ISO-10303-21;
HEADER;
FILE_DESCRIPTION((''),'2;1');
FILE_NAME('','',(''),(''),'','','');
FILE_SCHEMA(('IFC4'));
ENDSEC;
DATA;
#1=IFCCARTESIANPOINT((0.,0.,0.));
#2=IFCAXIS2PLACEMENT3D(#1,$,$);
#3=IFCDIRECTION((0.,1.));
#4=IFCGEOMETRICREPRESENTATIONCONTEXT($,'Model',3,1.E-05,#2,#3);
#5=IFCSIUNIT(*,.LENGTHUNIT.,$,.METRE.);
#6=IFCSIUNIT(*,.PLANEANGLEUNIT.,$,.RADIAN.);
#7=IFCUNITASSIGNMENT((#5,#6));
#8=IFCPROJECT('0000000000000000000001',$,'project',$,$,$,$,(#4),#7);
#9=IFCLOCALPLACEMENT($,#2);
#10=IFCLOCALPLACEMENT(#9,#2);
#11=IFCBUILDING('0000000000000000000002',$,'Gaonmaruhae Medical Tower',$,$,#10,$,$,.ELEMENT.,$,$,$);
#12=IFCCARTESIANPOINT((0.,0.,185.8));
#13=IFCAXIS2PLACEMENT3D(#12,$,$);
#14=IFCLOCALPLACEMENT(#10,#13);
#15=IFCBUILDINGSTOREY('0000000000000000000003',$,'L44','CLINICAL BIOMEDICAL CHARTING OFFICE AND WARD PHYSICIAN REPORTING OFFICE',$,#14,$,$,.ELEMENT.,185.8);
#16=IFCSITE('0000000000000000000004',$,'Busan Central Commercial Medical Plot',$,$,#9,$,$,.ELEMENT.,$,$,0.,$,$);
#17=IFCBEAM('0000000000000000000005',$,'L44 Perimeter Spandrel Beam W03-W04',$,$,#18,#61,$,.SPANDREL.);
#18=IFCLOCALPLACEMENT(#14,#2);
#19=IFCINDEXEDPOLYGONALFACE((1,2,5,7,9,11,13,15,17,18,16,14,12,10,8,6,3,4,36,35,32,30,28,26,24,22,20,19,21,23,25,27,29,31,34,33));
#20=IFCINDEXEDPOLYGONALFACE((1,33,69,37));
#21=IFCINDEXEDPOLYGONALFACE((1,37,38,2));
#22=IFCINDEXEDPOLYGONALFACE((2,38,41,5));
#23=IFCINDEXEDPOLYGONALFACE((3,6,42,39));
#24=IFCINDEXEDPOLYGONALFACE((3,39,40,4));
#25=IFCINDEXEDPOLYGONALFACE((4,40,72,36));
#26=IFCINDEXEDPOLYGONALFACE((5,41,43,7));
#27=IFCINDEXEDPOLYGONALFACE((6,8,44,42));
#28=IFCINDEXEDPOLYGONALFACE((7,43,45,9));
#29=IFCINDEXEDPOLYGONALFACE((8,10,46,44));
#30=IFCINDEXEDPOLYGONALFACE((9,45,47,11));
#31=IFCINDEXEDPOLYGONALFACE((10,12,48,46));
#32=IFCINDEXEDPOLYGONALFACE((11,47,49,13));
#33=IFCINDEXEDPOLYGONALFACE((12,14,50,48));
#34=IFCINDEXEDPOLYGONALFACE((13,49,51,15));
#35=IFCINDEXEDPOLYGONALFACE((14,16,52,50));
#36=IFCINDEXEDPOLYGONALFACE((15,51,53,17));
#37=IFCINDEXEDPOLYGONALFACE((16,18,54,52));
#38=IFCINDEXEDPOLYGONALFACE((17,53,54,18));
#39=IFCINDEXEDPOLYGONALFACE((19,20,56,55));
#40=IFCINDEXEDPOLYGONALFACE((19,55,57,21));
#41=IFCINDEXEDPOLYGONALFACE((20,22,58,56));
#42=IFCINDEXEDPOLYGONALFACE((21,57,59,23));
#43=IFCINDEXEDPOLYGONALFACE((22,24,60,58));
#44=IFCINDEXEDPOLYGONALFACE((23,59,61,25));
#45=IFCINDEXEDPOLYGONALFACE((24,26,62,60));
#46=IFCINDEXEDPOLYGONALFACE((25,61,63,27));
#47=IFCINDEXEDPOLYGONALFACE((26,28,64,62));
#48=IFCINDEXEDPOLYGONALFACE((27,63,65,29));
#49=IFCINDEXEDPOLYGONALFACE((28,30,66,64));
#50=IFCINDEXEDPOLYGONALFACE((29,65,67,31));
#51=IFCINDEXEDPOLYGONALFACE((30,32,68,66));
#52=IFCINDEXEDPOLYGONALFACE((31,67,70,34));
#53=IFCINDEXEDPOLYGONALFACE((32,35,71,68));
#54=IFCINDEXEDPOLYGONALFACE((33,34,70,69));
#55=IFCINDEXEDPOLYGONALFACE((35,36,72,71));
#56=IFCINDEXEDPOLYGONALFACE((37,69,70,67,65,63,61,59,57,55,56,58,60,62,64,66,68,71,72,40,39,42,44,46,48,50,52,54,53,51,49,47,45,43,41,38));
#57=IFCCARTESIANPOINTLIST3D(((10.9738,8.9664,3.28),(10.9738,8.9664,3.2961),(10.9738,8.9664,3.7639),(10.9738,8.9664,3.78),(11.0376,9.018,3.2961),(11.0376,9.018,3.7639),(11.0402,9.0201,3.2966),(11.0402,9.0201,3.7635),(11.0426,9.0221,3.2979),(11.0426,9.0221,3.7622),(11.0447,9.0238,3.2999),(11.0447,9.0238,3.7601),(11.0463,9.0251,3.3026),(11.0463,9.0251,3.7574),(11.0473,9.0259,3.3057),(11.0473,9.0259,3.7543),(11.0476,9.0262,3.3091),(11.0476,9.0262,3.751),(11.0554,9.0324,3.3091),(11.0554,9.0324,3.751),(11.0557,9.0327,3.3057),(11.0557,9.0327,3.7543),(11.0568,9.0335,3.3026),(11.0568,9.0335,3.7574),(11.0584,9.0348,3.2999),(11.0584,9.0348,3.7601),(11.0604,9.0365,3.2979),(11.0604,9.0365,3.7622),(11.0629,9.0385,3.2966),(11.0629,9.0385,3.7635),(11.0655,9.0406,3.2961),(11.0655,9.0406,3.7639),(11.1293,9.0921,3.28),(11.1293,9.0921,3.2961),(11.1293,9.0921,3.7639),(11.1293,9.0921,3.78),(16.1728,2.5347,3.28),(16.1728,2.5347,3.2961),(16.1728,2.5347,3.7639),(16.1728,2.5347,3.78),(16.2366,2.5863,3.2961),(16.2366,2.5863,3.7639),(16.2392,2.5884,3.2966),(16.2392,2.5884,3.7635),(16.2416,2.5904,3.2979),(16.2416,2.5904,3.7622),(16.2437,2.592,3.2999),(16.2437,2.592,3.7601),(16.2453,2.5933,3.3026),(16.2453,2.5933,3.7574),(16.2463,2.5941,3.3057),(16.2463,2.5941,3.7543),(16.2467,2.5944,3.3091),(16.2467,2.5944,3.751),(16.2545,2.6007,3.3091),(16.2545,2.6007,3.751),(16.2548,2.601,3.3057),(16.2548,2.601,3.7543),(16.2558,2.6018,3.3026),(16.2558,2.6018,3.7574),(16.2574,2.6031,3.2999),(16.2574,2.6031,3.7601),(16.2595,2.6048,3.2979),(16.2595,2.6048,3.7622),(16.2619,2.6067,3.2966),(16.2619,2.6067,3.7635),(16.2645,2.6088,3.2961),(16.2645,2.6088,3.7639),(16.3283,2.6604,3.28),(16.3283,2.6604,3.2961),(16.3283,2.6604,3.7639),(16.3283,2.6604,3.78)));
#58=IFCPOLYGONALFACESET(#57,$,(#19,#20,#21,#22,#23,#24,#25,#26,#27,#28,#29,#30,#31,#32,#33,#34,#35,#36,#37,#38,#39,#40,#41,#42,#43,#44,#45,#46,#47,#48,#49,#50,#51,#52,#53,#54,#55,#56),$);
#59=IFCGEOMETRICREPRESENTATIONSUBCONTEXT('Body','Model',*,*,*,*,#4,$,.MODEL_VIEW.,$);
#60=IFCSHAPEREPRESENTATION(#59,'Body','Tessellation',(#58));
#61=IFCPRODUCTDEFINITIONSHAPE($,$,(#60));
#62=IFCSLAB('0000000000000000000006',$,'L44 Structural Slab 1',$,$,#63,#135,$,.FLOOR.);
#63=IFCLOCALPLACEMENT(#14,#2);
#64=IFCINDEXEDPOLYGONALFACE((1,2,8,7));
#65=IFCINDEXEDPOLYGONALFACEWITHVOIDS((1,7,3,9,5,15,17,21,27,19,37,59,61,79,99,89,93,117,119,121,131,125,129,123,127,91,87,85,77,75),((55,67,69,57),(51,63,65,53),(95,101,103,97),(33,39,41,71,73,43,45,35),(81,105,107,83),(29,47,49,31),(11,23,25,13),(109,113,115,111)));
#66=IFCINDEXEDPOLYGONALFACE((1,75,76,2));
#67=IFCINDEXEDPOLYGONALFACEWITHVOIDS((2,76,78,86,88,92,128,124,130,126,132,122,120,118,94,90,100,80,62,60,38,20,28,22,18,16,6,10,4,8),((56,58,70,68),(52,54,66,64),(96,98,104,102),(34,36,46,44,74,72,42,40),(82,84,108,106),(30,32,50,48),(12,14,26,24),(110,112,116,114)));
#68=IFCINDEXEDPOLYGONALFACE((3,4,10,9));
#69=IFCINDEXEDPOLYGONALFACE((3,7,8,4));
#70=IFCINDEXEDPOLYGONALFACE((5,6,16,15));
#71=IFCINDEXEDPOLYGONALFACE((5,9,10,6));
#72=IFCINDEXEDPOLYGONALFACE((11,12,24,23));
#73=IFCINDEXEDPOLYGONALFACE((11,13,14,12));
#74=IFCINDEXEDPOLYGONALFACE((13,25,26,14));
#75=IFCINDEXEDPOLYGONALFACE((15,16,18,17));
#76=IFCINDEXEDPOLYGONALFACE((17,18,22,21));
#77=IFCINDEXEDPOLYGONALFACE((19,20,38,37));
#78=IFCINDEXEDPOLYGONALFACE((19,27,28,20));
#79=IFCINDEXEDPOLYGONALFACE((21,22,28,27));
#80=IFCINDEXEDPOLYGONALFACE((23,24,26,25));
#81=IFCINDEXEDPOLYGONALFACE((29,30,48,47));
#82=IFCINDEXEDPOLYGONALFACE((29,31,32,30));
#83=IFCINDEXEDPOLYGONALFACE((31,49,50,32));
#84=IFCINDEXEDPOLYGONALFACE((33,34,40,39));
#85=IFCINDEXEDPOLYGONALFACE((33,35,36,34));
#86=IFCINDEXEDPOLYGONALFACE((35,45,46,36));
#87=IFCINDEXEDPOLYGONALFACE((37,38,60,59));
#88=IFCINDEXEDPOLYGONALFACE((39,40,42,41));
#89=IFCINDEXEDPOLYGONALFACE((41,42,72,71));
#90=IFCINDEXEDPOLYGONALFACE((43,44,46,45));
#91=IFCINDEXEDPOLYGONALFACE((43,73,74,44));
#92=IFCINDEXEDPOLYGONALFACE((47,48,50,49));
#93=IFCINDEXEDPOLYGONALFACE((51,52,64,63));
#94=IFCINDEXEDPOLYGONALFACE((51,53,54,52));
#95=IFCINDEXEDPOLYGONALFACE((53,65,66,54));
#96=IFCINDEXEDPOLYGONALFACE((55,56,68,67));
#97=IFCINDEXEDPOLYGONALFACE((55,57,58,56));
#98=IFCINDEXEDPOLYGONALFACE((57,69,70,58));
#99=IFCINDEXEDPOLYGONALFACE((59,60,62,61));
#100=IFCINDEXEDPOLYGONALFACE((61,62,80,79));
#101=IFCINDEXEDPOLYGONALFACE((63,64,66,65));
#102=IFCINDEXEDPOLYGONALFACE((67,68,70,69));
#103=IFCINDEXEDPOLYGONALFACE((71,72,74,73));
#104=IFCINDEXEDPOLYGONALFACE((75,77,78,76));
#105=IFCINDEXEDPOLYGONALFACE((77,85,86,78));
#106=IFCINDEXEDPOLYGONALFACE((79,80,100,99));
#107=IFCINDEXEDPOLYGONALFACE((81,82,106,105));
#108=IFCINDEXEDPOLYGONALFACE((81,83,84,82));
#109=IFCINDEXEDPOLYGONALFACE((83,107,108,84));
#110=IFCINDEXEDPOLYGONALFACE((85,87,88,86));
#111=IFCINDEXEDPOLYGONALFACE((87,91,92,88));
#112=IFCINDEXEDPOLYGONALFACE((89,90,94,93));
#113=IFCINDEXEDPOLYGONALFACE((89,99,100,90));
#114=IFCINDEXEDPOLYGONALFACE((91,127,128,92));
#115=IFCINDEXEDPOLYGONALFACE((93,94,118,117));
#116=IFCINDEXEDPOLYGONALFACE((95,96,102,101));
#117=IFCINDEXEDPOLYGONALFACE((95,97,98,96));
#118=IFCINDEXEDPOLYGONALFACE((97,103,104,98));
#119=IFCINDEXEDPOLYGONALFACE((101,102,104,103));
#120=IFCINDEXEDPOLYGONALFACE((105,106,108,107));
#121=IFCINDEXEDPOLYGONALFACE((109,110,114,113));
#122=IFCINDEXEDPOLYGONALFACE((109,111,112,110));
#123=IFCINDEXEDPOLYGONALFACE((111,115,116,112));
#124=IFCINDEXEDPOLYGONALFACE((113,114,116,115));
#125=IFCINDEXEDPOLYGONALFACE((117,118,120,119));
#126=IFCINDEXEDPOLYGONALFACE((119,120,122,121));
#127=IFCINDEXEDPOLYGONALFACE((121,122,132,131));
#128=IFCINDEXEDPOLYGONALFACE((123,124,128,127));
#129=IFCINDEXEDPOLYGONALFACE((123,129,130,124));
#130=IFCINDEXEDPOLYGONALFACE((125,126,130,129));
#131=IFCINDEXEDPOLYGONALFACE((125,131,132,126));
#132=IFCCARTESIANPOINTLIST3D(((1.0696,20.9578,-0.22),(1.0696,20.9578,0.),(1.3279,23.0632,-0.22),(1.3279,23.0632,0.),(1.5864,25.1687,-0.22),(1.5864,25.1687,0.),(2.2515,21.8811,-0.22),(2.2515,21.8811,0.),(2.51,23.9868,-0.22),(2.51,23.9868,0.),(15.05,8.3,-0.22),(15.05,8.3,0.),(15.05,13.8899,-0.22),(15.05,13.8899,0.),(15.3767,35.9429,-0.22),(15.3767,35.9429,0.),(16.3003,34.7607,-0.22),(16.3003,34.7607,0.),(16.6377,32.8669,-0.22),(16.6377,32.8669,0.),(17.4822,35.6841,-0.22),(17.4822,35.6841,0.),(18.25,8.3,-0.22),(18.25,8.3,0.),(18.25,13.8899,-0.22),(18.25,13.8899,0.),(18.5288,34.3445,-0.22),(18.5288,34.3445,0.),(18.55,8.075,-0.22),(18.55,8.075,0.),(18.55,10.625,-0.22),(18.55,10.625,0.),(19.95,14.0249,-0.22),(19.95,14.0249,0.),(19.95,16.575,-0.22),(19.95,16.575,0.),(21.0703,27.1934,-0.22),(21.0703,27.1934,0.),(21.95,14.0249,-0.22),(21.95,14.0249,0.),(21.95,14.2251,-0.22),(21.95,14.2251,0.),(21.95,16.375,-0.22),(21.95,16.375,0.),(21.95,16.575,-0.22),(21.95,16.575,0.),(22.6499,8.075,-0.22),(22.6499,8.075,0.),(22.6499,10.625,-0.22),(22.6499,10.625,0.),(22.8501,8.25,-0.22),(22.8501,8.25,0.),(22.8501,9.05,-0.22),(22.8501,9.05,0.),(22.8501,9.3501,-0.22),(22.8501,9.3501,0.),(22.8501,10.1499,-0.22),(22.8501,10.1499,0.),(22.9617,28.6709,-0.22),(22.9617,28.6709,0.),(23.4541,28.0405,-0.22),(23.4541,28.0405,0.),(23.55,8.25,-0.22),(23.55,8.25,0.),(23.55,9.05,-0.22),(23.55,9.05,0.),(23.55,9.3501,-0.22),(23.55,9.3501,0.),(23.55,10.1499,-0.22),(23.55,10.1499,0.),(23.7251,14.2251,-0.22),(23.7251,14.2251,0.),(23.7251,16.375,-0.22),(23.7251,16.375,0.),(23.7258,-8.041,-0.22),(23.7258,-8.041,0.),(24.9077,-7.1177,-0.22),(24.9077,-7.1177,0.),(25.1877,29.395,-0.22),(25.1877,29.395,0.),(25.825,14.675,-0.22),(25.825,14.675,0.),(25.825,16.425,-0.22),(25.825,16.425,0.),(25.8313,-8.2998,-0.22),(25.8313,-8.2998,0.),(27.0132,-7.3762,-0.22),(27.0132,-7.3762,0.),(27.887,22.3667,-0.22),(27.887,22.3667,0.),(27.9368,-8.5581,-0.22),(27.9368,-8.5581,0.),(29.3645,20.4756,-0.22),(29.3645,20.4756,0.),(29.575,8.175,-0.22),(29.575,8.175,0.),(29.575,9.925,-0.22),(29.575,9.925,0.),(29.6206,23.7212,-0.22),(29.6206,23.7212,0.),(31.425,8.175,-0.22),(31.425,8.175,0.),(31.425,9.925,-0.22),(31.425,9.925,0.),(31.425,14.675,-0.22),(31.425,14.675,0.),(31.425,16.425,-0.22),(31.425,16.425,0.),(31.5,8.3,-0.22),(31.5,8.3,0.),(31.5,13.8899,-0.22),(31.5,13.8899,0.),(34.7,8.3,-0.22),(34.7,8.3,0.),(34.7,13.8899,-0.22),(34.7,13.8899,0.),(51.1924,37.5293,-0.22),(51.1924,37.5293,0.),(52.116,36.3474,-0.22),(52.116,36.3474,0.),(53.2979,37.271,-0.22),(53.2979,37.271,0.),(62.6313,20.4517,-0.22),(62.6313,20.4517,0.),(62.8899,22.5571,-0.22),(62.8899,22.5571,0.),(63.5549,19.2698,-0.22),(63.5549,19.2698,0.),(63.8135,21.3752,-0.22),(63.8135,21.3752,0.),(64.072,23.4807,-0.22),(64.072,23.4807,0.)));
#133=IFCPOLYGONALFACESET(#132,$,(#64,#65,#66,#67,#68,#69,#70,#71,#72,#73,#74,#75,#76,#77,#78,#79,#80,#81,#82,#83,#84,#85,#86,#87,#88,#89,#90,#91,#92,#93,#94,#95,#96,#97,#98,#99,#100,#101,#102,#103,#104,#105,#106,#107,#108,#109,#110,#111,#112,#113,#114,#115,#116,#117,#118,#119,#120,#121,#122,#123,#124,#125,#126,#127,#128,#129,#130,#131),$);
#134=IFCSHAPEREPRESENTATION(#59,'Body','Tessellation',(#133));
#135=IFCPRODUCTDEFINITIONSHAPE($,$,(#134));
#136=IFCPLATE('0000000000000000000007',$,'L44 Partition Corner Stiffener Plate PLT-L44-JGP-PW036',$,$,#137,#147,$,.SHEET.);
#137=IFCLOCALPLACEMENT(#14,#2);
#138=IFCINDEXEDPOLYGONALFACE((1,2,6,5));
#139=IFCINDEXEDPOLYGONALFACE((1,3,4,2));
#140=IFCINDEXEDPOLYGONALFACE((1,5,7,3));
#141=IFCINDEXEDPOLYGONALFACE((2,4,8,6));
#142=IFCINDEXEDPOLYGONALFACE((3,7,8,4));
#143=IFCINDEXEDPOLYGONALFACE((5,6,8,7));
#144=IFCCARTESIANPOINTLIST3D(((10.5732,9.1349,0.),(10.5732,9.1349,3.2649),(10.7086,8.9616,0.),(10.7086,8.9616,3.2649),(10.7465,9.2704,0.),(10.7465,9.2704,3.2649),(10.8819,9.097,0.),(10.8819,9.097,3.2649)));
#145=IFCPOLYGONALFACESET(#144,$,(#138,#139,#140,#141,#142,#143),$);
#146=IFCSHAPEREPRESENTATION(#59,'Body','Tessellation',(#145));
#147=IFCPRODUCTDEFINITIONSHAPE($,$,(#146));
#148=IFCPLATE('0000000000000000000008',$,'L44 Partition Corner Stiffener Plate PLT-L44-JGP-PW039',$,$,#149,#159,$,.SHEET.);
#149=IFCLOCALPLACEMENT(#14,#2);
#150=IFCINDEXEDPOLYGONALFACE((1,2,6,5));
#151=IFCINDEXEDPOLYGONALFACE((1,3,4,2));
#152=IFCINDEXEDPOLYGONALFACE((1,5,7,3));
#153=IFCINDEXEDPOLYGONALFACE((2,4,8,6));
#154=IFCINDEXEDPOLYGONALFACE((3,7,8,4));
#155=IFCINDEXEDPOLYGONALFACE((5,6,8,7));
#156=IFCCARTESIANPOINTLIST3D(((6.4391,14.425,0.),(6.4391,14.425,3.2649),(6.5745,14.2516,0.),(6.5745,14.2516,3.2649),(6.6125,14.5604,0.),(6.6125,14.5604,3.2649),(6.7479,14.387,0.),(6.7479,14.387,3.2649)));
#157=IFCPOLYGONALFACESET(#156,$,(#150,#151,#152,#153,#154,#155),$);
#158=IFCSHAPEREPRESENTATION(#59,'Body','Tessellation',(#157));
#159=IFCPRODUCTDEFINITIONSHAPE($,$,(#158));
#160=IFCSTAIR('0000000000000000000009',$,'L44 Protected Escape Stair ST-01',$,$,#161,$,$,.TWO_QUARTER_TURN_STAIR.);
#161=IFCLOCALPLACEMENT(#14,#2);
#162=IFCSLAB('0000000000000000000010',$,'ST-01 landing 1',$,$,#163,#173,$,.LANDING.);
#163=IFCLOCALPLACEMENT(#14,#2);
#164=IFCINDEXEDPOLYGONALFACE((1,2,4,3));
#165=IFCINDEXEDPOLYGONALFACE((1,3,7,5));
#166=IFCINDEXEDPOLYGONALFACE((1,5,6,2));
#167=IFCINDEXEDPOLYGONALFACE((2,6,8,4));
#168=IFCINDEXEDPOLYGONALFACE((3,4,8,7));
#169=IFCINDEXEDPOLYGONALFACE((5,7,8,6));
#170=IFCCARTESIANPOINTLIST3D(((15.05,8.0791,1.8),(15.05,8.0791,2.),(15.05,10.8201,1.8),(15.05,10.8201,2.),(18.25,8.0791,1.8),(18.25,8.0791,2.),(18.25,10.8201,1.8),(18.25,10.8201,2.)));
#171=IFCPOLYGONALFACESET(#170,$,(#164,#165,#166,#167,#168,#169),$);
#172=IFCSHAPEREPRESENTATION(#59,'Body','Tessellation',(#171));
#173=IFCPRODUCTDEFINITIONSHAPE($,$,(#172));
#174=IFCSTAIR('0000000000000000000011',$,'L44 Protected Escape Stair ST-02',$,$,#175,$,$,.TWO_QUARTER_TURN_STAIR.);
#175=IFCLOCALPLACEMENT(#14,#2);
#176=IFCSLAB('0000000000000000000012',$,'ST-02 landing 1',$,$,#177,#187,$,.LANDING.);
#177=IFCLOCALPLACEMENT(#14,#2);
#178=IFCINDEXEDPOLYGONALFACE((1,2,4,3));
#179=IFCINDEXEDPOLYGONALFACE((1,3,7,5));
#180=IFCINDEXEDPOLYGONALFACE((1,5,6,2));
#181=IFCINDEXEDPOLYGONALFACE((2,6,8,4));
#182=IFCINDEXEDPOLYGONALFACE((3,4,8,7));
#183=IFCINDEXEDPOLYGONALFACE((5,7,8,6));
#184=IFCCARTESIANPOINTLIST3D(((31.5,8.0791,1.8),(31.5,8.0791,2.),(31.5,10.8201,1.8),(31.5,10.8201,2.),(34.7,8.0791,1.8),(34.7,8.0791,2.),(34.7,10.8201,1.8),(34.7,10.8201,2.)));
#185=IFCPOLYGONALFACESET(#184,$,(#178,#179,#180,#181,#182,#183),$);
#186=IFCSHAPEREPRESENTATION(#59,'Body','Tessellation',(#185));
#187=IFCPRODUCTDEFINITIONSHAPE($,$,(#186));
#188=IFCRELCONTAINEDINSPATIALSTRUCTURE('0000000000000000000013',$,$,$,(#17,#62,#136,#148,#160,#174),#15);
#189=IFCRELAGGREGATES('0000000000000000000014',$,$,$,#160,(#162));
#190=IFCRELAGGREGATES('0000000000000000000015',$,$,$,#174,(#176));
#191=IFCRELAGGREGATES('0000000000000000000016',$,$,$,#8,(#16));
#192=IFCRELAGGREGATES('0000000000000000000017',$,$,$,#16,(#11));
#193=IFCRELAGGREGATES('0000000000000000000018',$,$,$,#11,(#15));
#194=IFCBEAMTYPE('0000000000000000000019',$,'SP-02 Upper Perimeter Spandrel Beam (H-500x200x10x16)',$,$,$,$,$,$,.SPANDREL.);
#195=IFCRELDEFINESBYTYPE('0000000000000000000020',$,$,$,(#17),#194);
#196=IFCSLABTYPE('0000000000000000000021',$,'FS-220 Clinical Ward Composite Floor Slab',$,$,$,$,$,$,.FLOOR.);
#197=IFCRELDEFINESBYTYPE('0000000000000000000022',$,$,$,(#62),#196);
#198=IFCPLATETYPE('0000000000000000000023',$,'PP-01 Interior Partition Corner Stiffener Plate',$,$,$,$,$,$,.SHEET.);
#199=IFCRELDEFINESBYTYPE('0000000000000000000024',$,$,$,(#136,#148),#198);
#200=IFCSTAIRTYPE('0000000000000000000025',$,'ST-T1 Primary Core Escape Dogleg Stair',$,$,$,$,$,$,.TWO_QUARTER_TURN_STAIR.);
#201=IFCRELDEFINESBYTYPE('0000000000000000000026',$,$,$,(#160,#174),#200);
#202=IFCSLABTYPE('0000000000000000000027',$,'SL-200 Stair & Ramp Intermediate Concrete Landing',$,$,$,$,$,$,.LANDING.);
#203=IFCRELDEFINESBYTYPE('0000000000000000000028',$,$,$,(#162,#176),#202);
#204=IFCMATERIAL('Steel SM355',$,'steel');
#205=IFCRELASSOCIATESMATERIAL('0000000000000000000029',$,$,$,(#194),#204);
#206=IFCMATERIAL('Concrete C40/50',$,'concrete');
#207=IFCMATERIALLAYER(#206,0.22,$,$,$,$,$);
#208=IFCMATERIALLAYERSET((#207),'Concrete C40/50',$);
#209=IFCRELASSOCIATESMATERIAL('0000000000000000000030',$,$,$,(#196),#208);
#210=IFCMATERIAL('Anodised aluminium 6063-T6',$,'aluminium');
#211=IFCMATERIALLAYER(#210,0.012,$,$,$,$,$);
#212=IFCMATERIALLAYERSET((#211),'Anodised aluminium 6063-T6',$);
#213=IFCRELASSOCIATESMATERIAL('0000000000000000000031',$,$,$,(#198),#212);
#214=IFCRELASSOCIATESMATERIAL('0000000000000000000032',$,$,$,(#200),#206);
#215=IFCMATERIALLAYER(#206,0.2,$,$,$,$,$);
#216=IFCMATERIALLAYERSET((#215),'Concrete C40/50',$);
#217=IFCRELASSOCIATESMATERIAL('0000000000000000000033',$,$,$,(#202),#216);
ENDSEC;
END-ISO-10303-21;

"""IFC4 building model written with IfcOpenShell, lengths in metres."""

from ifc_helpers import new_model, si_unit, direction, frame, origin, origin_2d, place, context, subcontext, project, spatial, polyline, rectangle, i_section, outline, extrude, material, layer, layer_set, material_profile, profile_set, type_object, element, aggregate, save


model = new_model("IFC4")

# Units and contexts
model_context = context("Model", 3, precision=1e-05, world=origin(), true_north=direction((0.0, 1.0)))
body_context = subcontext(model_context, "Body", "Model", "MODEL_VIEW")
ifc_project = project(units=[si_unit("LENGTHUNIT", "METRE"), si_unit("PLANEANGLEUNIT", "RADIAN")], contexts=[model_context])

# Site, building, storey
site_placement = place(None, origin())
site = spatial("IfcSite", under=ifc_project, at=site_placement, Name="Busan Central Commercial Medical Plot", CompositionType="ELEMENT", RefElevation=0.0)
building_placement = place(site_placement, origin())
building = spatial("IfcBuilding", under=site, at=building_placement, Name="Gaonmaruhae Medical Tower", CompositionType="ELEMENT")
storey_placement = place(building_placement, frame((0.0, 0.0, 185.8)))
storey = spatial("IfcBuildingStorey", under=building, at=storey_placement, Name="L44", Description="CLINICAL BIOMEDICAL CHARTING OFFICE AND WARD PHYSICIAN REPORTING OFFICE", CompositionType="ELEMENT", Elevation=185.8)

# Beam
ifc_material_1 = material(Name="Steel SM355", Category="steel")
ifc_material_profile_1 = material_profile(ifc_material_1, i_section(OverallWidth=0.2, OverallDepth=0.5, WebThickness=0.01, FlangeThickness=0.0161, FilletRadius=0.0129, at=origin_2d()), Name="H-500x200x10x16")
ifc_profile_set_1 = profile_set([ifc_material_profile_1], Name="Steel SM355")
beam_type_1 = type_object("IfcBeamType", Name="SP-02 Upper Perimeter Spandrel Beam (H-500x200x10x16)", PredefinedType="SPANDREL", material=ifc_profile_set_1)
beam_1_placement = place(storey_placement, frame((11.0515, 9.0293, 3.53), z_axis=(0.628644, -0.777694, 0.0), x_axis=(0.777694, 0.628644, 0.0)))
element("IfcBeam", 1, at=beam_1_placement, inside=storey, type_object=beam_type_1, Name="L44 Perimeter Spandrel Beam W03-W04", PredefinedType="SPANDREL", context=body_context, shape_type="SweptSolid", body=[
    extrude(i_section(OverallWidth=0.2, OverallDepth=0.5, WebThickness=0.01, FlangeThickness=0.0161, FilletRadius=0.0129, at=origin_2d()), origin(), (0.0, 0.0, 1.0), 8.2703),
])

# Slab
ifc_material_2 = material(Name="Concrete C40/50", Category="concrete")
ifc_layer_1 = layer(ifc_material_2, 0.22)
ifc_layer_set_1 = layer_set([ifc_layer_1], Name="Concrete C40/50")
slab_type_1 = type_object("IfcSlabType", Name="FS-220 Clinical Ward Composite Floor Slab", PredefinedType="FLOOR", material=ifc_layer_set_1)
slab_1_placement = place(storey_placement, frame((0.0, 0.0, -0.22)))
element("IfcSlab", 2, at=slab_1_placement, inside=storey, type_object=slab_type_1, Name="L44 Structural Slab 1", PredefinedType="FLOOR", context=body_context, shape_type="SweptSolid", body=[
    extrude(outline(polyline([(51.1924, 37.5293), (52.116, 36.3474), (53.2979, 37.271), (64.072, 23.4807), (62.8899, 22.5571), (63.8135, 21.3752), (62.6313, 20.4517), (63.5549, 19.2698), (27.9368, -8.5581), (27.0132, -7.3762), (25.8313, -8.2998), (24.9077, -7.1177), (23.7258, -8.041), (1.0696, 20.9578), (2.2515, 21.8811), (1.3279, 23.0632), (2.51, 23.9868), (1.5864, 25.1687), (15.3767, 35.9429), (16.3003, 34.7607), (17.4822, 35.6841), (18.5288, 34.3445), (16.6377, 32.8669), (21.0703, 27.1934), (22.9617, 28.6709), (23.4541, 28.0405), (25.1877, 29.395), (29.6206, 23.7212), (27.887, 22.3667), (29.3645, 20.4756), (51.1924, 37.5293)]), holes=[polyline([(23.55, 8.25), (22.8501, 8.25), (22.8501, 9.05), (23.55, 9.05), (23.55, 8.25)]), polyline([(31.425, 9.925), (31.425, 8.175), (29.575, 8.175), (29.575, 9.925), (31.425, 9.925)]), polyline([(22.6499, 10.625), (22.6499, 8.075), (18.55, 8.075), (18.55, 10.625), (22.6499, 10.625)]), polyline([(23.55, 9.3501), (22.8501, 9.3501), (22.8501, 10.1499), (23.55, 10.1499), (23.55, 9.3501)]), polyline([(15.05, 13.8899), (18.25, 13.8899), (18.25, 8.3), (15.05, 8.3), (15.05, 13.8899)]), polyline([(31.5, 13.8899), (34.7, 13.8899), (34.7, 8.3), (31.5, 8.3), (31.5, 13.8899)]), polyline([(21.95, 14.2251), (21.95, 14.0249), (19.95, 14.0249), (19.95, 16.575), (21.95, 16.575), (21.95, 16.375), (23.7251, 16.375), (23.7251, 14.2251), (21.95, 14.2251)]), polyline([(31.425, 16.425), (31.425, 14.675), (25.825, 14.675), (25.825, 16.425), (31.425, 16.425)])]), origin(), (0.0, 0.0, 1.0), 0.22),
])

# Plates
ifc_material_3 = material(Name="Anodised aluminium 6063-T6", Category="aluminium")
ifc_layer_2 = layer(ifc_material_3, 0.012)
ifc_layer_set_2 = layer_set([ifc_layer_2], Name="Anodised aluminium 6063-T6")
plate_type = type_object("IfcPlateType", Name="PP-01 Interior Partition Corner Stiffener Plate", PredefinedType="SHEET", material=ifc_layer_set_2)
for number, where, z_axis, x_axis, name in (
    (3, (10.7275, 9.116, 0.0), (0.0, 0.0, 1.0), (-0.615689, 0.787989, 0.0), "L44 Partition Corner Stiffener Plate PLT-L44-JGP-PW036"),
    (4, (6.5935, 14.406, 0.0), (0.0, 0.0, 1.0), (-0.615648, 0.788021, 0.0), "L44 Partition Corner Stiffener Plate PLT-L44-JGP-PW039"),
):
    element("IfcPlate", number, at=place(storey_placement, frame(where, z_axis=z_axis, x_axis=x_axis)), inside=storey, type_object=plate_type, Name=name, PredefinedType="SHEET", context=body_context, shape_type="SweptSolid", body=[
        extrude(rectangle(XDim=0.22, YDim=0.22, at=origin_2d()), origin(), (0.0, 0.0, 1.0), 3.2649),
    ])

# Stairs, slabs
stair_type = type_object("IfcStairType", Name="ST-T1 Primary Core Escape Dogleg Stair", PredefinedType="TWO_QUARTER_TURN_STAIR", material=ifc_material_2)
stair_1_placement = place(storey_placement, origin())
stair_1 = element("IfcStair", 5, at=stair_1_placement, inside=storey, type_object=stair_type, Name="L44 Protected Escape Stair ST-01", PredefinedType="TWO_QUARTER_TURN_STAIR")
ifc_layer_3 = layer(ifc_material_2, 0.2)
ifc_layer_set_3 = layer_set([ifc_layer_3], Name="Concrete C40/50")
slab_type_2 = type_object("IfcSlabType", Name="SL-200 Stair & Ramp Intermediate Concrete Landing", PredefinedType="LANDING", material=ifc_layer_set_3)
slab_2_placement = place(storey_placement, frame((0.0, 0.0, 1.8)))
slab_2 = element("IfcSlab", 6, at=slab_2_placement, type_object=slab_type_2, Name="ST-01 landing 1", PredefinedType="LANDING", context=body_context, shape_type="SweptSolid", body=[
    extrude(outline(polyline([(15.05, 10.8201), (15.05, 8.0791), (18.25, 8.0791), (18.25, 10.8201), (15.05, 10.8201)])), origin(), (0.0, 0.0, 1.0), 0.2),
])
aggregate(stair_1, [slab_2])
stair_2_placement = place(storey_placement, origin())
stair_2 = element("IfcStair", 7, at=stair_2_placement, inside=storey, type_object=stair_type, Name="L44 Protected Escape Stair ST-02", PredefinedType="TWO_QUARTER_TURN_STAIR")
slab_3_placement = place(storey_placement, frame((0.0, 0.0, 1.8)))
slab_3 = element("IfcSlab", 8, at=slab_3_placement, type_object=slab_type_2, Name="ST-02 landing 1", PredefinedType="LANDING", context=body_context, shape_type="SweptSolid", body=[
    extrude(outline(polyline([(31.5, 10.8201), (31.5, 8.0791), (34.7, 8.0791), (34.7, 10.8201), (31.5, 10.8201)])), origin(), (0.0, 0.0, 1.0), 0.2),
])
aggregate(stair_2, [slab_3])

save(model, "model.ifc")
